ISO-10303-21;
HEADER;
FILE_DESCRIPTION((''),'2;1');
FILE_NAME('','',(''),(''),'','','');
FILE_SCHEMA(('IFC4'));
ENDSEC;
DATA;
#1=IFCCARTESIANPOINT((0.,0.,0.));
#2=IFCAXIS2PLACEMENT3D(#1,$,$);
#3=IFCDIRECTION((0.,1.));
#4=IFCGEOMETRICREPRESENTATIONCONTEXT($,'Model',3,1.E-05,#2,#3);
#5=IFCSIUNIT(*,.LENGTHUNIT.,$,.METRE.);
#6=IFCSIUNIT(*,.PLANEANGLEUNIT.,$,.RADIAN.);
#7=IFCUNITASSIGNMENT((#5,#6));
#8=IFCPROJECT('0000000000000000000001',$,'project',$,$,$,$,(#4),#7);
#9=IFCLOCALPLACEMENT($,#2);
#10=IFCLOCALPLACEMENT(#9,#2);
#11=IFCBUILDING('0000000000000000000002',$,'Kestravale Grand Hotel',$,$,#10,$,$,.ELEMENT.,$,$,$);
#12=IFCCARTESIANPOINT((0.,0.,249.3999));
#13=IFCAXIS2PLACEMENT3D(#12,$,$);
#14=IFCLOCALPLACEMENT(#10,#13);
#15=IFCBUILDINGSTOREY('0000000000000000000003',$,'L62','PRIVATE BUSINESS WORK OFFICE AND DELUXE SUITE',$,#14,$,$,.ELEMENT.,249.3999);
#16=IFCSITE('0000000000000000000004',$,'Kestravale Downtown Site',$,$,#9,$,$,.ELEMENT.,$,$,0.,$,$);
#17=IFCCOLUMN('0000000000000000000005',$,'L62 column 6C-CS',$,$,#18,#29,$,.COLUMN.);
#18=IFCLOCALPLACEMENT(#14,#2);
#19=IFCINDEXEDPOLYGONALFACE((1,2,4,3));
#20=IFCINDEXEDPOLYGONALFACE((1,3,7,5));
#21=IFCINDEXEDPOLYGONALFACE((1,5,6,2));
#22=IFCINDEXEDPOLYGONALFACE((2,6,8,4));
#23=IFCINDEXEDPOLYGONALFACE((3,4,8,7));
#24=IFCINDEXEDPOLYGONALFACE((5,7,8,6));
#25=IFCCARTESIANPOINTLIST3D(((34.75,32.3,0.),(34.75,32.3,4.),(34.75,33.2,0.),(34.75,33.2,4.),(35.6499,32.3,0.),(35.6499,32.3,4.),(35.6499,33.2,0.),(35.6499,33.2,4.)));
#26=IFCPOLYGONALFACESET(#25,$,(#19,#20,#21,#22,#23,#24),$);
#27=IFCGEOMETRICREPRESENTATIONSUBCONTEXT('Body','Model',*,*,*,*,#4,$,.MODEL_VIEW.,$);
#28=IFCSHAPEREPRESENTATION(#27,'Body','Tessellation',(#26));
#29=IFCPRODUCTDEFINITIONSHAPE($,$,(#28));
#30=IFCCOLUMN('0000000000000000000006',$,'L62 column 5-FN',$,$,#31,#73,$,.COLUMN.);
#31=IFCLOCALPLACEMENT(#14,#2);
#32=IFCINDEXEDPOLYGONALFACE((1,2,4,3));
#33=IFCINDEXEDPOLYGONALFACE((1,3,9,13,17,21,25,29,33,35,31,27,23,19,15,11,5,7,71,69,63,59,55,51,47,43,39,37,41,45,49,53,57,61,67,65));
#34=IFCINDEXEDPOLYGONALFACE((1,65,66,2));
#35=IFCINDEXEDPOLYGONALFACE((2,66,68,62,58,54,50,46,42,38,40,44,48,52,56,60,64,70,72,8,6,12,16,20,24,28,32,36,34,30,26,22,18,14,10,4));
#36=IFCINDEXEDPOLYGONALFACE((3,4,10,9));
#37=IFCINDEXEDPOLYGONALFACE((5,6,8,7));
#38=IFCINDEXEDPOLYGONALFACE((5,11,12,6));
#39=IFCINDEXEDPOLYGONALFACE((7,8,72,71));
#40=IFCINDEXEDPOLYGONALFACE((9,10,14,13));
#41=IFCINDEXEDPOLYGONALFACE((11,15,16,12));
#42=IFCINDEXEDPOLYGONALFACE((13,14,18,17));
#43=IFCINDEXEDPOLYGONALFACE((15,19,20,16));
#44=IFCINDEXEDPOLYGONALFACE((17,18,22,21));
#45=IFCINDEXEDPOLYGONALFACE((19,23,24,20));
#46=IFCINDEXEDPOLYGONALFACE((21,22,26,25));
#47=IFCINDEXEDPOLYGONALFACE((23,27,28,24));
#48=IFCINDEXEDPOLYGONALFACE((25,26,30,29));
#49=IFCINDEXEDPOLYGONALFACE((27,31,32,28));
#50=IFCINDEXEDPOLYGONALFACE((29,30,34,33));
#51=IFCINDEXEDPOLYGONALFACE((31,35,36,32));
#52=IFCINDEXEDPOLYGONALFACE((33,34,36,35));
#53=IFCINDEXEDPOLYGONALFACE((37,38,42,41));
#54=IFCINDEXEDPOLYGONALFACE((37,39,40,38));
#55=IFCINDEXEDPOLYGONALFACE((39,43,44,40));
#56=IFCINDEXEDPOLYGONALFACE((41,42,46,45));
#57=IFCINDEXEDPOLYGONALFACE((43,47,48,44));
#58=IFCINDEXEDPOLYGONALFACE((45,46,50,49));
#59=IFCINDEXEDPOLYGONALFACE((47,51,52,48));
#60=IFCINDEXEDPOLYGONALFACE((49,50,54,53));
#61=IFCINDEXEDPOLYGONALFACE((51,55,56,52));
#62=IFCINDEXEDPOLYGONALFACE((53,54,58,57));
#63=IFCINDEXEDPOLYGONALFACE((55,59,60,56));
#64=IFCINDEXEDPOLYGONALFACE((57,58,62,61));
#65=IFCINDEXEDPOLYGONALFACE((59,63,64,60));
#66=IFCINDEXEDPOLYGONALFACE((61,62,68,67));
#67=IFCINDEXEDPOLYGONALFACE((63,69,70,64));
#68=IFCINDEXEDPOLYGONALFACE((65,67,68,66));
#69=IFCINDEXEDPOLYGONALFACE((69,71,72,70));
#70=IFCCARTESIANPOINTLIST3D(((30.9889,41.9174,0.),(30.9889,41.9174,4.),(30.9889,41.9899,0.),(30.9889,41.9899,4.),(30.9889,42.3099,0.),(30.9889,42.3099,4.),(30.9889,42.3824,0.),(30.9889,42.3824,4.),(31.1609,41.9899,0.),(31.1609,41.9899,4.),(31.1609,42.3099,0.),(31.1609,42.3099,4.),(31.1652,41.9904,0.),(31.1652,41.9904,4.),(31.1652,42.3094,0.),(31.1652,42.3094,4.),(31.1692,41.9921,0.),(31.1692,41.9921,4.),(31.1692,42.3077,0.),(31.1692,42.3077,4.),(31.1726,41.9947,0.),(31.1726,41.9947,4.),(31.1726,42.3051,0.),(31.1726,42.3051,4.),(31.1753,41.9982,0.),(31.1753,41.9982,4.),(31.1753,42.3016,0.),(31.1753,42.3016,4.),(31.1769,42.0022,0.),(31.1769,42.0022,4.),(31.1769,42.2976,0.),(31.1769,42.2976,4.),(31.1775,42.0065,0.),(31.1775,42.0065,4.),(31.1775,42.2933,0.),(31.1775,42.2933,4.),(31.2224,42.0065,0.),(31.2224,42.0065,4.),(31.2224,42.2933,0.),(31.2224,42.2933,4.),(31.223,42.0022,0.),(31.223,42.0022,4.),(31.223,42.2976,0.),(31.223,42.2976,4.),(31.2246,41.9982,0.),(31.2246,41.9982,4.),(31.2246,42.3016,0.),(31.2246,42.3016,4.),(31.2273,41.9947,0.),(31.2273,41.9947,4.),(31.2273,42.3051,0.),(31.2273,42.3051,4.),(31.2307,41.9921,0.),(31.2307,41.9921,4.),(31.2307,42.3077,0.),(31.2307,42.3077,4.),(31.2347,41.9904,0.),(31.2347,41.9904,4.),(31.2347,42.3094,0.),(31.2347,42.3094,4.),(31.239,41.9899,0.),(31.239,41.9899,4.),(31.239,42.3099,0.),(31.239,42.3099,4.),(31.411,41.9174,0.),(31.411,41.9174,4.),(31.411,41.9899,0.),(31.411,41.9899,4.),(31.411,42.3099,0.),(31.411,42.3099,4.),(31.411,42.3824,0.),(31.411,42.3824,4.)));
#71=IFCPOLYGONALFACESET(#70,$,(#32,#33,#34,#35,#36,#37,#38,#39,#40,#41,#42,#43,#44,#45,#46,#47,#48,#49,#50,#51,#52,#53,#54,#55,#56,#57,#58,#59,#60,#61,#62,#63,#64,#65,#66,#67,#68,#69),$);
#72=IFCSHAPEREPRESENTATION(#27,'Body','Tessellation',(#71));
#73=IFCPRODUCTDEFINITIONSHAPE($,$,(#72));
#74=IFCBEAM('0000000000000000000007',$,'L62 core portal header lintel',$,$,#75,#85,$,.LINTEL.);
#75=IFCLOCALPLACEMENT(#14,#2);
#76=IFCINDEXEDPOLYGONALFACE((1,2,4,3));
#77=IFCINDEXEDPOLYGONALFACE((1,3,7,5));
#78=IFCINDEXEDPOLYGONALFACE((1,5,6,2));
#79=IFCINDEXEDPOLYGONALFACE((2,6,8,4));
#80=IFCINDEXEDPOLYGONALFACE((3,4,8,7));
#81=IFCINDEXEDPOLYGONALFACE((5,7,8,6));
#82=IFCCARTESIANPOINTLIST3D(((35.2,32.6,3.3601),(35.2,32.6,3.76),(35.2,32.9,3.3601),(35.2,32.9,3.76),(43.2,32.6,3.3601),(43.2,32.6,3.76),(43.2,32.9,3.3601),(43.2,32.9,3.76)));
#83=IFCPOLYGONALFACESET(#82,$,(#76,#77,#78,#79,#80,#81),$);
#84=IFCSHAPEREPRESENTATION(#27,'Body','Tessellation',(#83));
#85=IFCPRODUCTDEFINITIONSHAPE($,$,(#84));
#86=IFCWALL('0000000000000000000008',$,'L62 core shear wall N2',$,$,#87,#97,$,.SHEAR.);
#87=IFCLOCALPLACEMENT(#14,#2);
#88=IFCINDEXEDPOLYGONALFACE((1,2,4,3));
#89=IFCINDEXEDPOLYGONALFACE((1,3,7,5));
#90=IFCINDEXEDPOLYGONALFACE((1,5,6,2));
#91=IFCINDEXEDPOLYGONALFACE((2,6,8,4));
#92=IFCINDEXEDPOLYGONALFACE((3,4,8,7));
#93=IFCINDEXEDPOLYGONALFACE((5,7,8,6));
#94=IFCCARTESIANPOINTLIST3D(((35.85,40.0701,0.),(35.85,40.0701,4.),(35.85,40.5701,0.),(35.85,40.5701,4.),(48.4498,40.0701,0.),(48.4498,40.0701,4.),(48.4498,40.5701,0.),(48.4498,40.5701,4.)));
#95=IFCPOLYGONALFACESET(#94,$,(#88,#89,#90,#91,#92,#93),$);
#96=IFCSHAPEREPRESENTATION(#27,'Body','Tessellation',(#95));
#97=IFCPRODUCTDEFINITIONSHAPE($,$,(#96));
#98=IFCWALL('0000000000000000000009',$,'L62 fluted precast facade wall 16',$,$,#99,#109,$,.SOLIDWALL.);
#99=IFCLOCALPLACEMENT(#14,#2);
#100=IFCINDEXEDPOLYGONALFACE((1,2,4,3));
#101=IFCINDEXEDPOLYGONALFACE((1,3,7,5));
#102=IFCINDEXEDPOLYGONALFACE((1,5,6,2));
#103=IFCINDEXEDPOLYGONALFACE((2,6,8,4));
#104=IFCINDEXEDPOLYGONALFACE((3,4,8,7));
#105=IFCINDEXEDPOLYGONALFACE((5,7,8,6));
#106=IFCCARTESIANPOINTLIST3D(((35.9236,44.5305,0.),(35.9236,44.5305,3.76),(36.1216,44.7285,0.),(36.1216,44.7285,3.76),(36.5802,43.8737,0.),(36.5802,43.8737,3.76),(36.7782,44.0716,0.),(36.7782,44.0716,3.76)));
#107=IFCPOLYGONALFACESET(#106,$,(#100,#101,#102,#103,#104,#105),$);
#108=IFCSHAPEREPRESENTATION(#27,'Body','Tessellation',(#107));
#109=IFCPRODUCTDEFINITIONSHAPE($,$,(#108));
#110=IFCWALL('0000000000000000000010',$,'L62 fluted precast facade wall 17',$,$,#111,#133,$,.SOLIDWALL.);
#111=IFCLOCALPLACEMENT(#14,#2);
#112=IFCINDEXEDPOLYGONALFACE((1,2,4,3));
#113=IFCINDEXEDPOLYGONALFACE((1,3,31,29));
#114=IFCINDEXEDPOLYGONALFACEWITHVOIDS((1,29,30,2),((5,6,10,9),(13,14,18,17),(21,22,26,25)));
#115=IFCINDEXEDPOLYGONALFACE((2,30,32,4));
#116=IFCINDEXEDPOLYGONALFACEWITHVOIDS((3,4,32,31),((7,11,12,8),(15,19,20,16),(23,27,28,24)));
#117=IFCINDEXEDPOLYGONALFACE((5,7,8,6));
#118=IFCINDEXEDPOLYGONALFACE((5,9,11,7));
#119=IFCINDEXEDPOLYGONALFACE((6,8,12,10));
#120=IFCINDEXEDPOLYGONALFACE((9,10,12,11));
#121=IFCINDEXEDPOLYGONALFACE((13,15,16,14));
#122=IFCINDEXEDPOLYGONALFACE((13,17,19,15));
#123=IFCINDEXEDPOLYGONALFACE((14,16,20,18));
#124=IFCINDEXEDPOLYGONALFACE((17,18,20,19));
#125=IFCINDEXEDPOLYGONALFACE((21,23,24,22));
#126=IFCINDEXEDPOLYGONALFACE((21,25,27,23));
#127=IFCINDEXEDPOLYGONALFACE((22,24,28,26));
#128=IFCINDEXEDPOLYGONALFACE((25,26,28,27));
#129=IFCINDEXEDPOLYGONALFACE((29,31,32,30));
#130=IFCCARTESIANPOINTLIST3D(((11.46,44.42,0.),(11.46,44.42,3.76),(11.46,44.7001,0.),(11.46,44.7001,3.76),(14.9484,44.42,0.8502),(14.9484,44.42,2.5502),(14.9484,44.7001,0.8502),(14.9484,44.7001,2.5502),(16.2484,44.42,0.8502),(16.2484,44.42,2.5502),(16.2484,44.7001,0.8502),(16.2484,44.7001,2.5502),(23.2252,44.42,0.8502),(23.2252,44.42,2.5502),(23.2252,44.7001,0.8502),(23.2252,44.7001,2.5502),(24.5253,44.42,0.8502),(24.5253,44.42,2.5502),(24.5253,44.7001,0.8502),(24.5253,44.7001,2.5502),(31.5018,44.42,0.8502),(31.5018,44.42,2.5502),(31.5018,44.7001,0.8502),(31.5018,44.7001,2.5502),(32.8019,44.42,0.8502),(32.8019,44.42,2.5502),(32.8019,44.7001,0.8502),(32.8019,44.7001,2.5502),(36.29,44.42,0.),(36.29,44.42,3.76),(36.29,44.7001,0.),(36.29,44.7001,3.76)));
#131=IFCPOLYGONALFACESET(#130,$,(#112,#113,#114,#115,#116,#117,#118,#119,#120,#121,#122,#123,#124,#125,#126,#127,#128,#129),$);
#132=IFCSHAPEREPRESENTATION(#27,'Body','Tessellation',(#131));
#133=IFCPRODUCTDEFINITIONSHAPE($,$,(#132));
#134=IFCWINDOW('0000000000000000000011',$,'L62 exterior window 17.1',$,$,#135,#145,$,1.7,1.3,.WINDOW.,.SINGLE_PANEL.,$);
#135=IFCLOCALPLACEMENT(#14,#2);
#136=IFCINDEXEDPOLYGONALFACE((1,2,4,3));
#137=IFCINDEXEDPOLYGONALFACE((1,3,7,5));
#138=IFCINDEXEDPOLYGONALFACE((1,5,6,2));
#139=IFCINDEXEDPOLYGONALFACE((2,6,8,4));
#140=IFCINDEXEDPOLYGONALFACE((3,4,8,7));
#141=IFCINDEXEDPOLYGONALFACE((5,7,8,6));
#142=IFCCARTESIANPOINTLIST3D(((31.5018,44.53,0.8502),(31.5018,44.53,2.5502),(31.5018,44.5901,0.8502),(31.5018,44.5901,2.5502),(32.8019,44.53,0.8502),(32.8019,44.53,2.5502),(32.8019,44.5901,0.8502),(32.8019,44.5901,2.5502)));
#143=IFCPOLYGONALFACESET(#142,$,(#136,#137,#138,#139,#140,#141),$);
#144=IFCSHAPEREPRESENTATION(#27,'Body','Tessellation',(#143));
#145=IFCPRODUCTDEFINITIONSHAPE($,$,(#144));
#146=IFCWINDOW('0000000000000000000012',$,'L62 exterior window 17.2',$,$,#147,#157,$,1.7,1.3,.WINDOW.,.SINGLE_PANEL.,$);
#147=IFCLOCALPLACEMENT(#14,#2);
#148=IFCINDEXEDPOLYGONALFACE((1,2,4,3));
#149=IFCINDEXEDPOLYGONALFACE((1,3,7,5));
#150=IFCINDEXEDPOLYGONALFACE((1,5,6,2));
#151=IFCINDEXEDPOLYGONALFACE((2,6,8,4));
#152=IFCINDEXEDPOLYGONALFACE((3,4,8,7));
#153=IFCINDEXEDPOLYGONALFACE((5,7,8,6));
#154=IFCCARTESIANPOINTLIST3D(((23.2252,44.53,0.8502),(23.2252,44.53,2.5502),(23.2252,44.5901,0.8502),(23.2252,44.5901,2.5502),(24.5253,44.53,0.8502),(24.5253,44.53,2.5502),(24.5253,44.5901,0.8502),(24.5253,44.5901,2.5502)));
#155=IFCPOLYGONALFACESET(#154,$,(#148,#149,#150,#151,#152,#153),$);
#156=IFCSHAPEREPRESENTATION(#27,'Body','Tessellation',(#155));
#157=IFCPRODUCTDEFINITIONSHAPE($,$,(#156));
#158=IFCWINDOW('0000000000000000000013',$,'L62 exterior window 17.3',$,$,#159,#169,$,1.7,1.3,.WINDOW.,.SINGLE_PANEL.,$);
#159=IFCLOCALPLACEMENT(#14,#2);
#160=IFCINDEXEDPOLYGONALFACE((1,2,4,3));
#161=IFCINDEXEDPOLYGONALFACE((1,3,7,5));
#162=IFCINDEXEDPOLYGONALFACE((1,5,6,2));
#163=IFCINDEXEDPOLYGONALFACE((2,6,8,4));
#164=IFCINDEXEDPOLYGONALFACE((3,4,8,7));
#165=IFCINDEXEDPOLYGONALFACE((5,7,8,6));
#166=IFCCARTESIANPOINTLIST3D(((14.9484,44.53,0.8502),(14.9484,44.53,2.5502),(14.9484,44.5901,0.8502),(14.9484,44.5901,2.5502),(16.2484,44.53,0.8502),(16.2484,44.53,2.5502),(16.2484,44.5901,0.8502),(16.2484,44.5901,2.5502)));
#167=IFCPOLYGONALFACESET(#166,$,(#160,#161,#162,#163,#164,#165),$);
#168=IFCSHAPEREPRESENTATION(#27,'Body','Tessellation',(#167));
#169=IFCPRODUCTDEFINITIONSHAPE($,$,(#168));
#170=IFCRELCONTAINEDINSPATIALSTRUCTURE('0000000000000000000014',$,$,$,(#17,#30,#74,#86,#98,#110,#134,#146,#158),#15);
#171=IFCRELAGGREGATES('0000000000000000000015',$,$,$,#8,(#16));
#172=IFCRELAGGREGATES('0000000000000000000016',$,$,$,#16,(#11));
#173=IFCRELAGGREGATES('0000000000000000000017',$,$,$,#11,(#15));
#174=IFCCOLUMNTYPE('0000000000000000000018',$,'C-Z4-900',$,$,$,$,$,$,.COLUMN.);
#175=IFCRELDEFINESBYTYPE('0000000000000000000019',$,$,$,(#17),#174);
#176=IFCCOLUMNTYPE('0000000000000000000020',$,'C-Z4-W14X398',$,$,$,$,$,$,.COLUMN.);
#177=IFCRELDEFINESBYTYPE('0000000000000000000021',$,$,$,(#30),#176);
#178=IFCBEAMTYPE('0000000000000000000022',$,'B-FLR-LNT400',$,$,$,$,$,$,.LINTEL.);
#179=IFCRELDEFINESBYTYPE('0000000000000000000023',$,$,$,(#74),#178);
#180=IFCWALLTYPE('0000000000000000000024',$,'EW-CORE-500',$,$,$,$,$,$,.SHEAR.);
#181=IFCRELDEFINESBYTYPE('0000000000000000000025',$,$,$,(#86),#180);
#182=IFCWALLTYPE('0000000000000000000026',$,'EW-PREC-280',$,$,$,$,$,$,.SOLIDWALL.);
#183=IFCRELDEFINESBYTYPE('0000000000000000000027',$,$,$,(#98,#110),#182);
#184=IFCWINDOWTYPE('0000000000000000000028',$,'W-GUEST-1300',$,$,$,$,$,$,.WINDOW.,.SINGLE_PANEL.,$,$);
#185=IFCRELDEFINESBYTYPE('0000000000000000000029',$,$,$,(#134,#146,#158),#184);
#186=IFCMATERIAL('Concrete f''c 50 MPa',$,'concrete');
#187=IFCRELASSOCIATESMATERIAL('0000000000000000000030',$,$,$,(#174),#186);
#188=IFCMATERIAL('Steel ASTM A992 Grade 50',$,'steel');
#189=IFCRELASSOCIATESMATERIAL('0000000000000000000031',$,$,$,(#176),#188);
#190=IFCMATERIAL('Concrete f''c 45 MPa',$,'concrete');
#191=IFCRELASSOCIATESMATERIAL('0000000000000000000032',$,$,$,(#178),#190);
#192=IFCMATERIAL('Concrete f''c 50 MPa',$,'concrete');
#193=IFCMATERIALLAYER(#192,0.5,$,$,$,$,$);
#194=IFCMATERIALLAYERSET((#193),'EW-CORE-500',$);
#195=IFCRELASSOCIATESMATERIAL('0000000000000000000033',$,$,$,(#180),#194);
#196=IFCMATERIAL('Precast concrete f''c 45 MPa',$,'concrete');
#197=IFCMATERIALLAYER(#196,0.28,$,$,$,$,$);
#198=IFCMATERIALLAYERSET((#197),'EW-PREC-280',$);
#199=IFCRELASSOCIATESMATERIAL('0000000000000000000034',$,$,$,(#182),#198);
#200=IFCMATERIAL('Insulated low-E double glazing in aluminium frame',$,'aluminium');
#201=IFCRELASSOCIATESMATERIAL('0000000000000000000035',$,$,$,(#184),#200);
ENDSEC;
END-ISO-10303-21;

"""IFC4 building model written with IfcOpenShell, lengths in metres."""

from ifc_helpers import new_model, si_unit, direction, frame, frame_2d, origin, origin_2d, place, context, subcontext, project, spatial, rectangle, i_section, extrude, material, layer, layer_set, material_profile, profile_set, type_object, element, fill, save


model = new_model("IFC4")

# Units and contexts
model_context = context("Model", 3, precision=1e-05, world=origin(), true_north=direction((0.0, 1.0)))
body_context = subcontext(model_context, "Body", "Model", "MODEL_VIEW")
ifc_project = project(units=[si_unit("LENGTHUNIT", "METRE"), si_unit("PLANEANGLEUNIT", "RADIAN")], contexts=[model_context])

# Site, building, storey
site_placement = place(None, origin())
site = spatial("IfcSite", under=ifc_project, at=site_placement, Name="Kestravale Downtown Site", CompositionType="ELEMENT", RefElevation=0.0)
building_placement = place(site_placement, origin())
building = spatial("IfcBuilding", under=site, at=building_placement, Name="Kestravale Grand Hotel", CompositionType="ELEMENT")
storey_placement = place(building_placement, frame((0.0, 0.0, 249.3999)))
storey = spatial("IfcBuildingStorey", under=building, at=storey_placement, Name="L62", Description="PRIVATE BUSINESS WORK OFFICE AND DELUXE SUITE", CompositionType="ELEMENT", Elevation=249.3999)

# Columns
ifc_material_1 = material(Name="Concrete f'c 50 MPa", Category="concrete")
ifc_material_profile_1 = material_profile(ifc_material_1, rectangle(XDim=0.8999, YDim=0.8999, at=origin_2d()))
ifc_profile_set_1 = profile_set([ifc_material_profile_1], Name="Concrete f'c 50 MPa")
column_type_1 = type_object("IfcColumnType", Name="C-Z4-900", PredefinedType="COLUMN", material=ifc_profile_set_1)
column_1_placement = place(storey_placement, frame((35.2, 32.75, 0.0), z_axis=(0.0, 0.0, 1.0), x_axis=(1.0, 0.0, 0.0)))
element("IfcColumn", 1, at=column_1_placement, inside=storey, type_object=column_type_1, Name="L62 column 6C-CS", PredefinedType="COLUMN", context=body_context, shape_type="SweptSolid", body=[
    extrude(rectangle(XDim=0.8999, YDim=0.8999, at=origin_2d()), origin(), (0.0, 0.0, 1.0), 4.0),
])
ifc_material_2 = material(Name="Steel ASTM A992 Grade 50", Category="steel")
ifc_material_profile_2 = material_profile(ifc_material_2, i_section(OverallWidth=0.4221, OverallDepth=0.4651, WebThickness=0.0449, FlangeThickness=0.0725, FilletRadius=0.0166, at=origin_2d()))
ifc_profile_set_2 = profile_set([ifc_material_profile_2], Name="Steel ASTM A992 Grade 50")
column_type_2 = type_object("IfcColumnType", Name="C-Z4-W14X398", PredefinedType="COLUMN", material=ifc_profile_set_2)
column_2_placement = place(storey_placement, frame((31.2, 42.1499, 0.0), z_axis=(0.0, 0.0, 1.0), x_axis=(1.0, 0.0, 0.0)))
element("IfcColumn", 2, at=column_2_placement, inside=storey, type_object=column_type_2, Name="L62 column 5-FN", PredefinedType="COLUMN", context=body_context, shape_type="SweptSolid", body=[
    extrude(i_section(OverallWidth=0.4221, OverallDepth=0.4651, WebThickness=0.0449, FlangeThickness=0.0725, FilletRadius=0.0166, at=origin_2d()), origin(), (0.0, 0.0, 1.0), 4.0),
])

# Beam
ifc_material_3 = material(Name="Concrete f'c 45 MPa", Category="concrete")
ifc_material_profile_3 = material_profile(ifc_material_3, rectangle(XDim=0.3, YDim=0.3999, at=origin_2d()))
ifc_profile_set_3 = profile_set([ifc_material_profile_3], Name="Concrete f'c 45 MPa")
beam_type = type_object("IfcBeamType", Name="B-FLR-LNT400", PredefinedType="LINTEL", material=ifc_profile_set_3)
beam_placement = place(storey_placement, frame((35.2, 32.75, 3.5601), z_axis=(1.0, 0.0, 0.0), x_axis=(0.0, 1.0, 0.0)))
element("IfcBeam", 3, at=beam_placement, inside=storey, type_object=beam_type, Name="L62 core portal header lintel", PredefinedType="LINTEL", context=body_context, shape_type="SweptSolid", body=[
    extrude(rectangle(XDim=0.3, YDim=0.3999, at=origin_2d()), origin(), (0.0, 0.0, 1.0), 8.0),
])

# Wall
ifc_material_4 = material(Name="Concrete f'c 50 MPa", Category="concrete")
ifc_layer_1 = layer(ifc_material_4, 0.5)
ifc_layer_set_1 = layer_set([ifc_layer_1], Name="EW-CORE-500")
wall_type_1 = type_object("IfcWallType", Name="EW-CORE-500", PredefinedType="SHEAR", material=ifc_layer_set_1)
wall_1_placement = place(storey_placement, frame((35.8501, 40.3201, 0.0), z_axis=(0.0, 0.0, 1.0), x_axis=(1.0, 0.0, 0.0)))
element("IfcWall", 4, at=wall_1_placement, inside=storey, type_object=wall_type_1, Name="L62 core shear wall N2", PredefinedType="SHEAR", context=body_context, shape_type="SweptSolid", body=[
    extrude(rectangle(XDim=12.5999, YDim=0.5, at=frame_2d((6.2998, 0.0))), origin(), (0.0, 0.0, 1.0), 4.0),
])

# Wall
ifc_material_5 = material(Name="Precast concrete f'c 45 MPa", Category="concrete")
ifc_layer_2 = layer(ifc_material_5, 0.28)
ifc_layer_set_2 = layer_set([ifc_layer_2], Name="EW-PREC-280")
wall_type_2 = type_object("IfcWallType", Name="EW-PREC-280", PredefinedType="SOLIDWALL", material=ifc_layer_set_2)
wall_2_placement = place(storey_placement, frame((36.6792, 43.9727, 0.0), z_axis=(0.0, 0.0, 1.0), x_axis=(-0.706975, 0.707238, 0.0)))
element("IfcWall", 5, at=wall_2_placement, inside=storey, type_object=wall_type_2, Name="L62 fluted precast facade wall 16", PredefinedType="SOLIDWALL", context=body_context, shape_type="SweptSolid", body=[
    extrude(rectangle(XDim=0.9287, YDim=0.28, at=frame_2d((0.4644, 0.0))), origin(), (0.0, 0.0, 1.0), 3.76),
])

# Wall, openings, windows
wall_3_placement = place(storey_placement, frame((36.29, 44.5601, 0.0), z_axis=(0.0, 0.0, 1.0), x_axis=(-1.0, 0.0, 0.0)))
wall_3 = element("IfcWall", 6, at=wall_3_placement, inside=storey, type_object=wall_type_2, Name="L62 fluted precast facade wall 17", PredefinedType="SOLIDWALL", context=body_context, shape_type="SweptSolid", body=[
    extrude(rectangle(XDim=24.8301, YDim=0.28, at=frame_2d((12.415, 0.0))), origin(), (0.0, 0.0, 1.0), 3.76),
])
opening_1_placement = place(wall_3_placement, frame((3.4883, 0.0, 0.8501)))
opening_1 = element("IfcOpeningElement", 7, at=opening_1_placement, cuts=wall_3, PredefinedType="OPENING", context=body_context, shape_type="SweptSolid", body=[
    extrude(rectangle(XDim=1.3, YDim=1.7, at=frame_2d((0.6499, 0.8501))), frame((0.0, 0.1499, 0.0), z_axis=(0.0, -1.0, 0.0), x_axis=(1.0, 0.0, 0.0)), (0.0, 0.0, 1.0), 0.3),
])
opening_2_placement = place(wall_3_placement, frame((11.7649, 0.0, 0.8501)))
opening_2 = element("IfcOpeningElement", 8, at=opening_2_placement, cuts=wall_3, PredefinedType="OPENING", context=body_context, shape_type="SweptSolid", body=[
    extrude(rectangle(XDim=1.3, YDim=1.7, at=frame_2d((0.6499, 0.8501))), frame((0.0, 0.1499, 0.0), z_axis=(0.0, -1.0, 0.0), x_axis=(1.0, 0.0, 0.0)), (0.0, 0.0, 1.0), 0.3),
])
opening_3_placement = place(wall_3_placement, frame((20.0417, 0.0, 0.8501)))
opening_3 = element("IfcOpeningElement", 9, at=opening_3_placement, cuts=wall_3, PredefinedType="OPENING", context=body_context, shape_type="SweptSolid", body=[
    extrude(rectangle(XDim=1.3, YDim=1.7, at=frame_2d((0.6499, 0.8501))), frame((0.0, 0.1499, 0.0), z_axis=(0.0, -1.0, 0.0), x_axis=(1.0, 0.0, 0.0)), (0.0, 0.0, 1.0), 0.3),
])
ifc_material_6 = material(Name="Insulated low-E double glazing in aluminium frame", Category="aluminium")
window_type = type_object("IfcWindowType", Name="W-GUEST-1300", PartitioningType="SINGLE_PANEL", PredefinedType="WINDOW", material=ifc_material_6)
window_1_placement = place(opening_1_placement, origin())
window_1 = element("IfcWindow", 10, at=window_1_placement, inside=storey, type_object=window_type, Name="L62 exterior window 17.1", OverallHeight=1.7, OverallWidth=1.3, PartitioningType="SINGLE_PANEL", PredefinedType="WINDOW", context=body_context, shape_type="SweptSolid", body=[
    extrude(rectangle(XDim=1.3, YDim=1.7, at=frame_2d((0.6499, 0.8501))), frame((0.0, 0.03, 0.0), z_axis=(0.0, -1.0, 0.0), x_axis=(1.0, 0.0, 0.0)), (0.0, 0.0, 1.0), 0.0601),
])
fill(opening_1, window_1)
window_2_placement = place(opening_2_placement, origin())
window_2 = element("IfcWindow", 11, at=window_2_placement, inside=storey, type_object=window_type, Name="L62 exterior window 17.2", OverallHeight=1.7, OverallWidth=1.3, PartitioningType="SINGLE_PANEL", PredefinedType="WINDOW", context=body_context, shape_type="SweptSolid", body=[
    extrude(rectangle(XDim=1.3, YDim=1.7, at=frame_2d((0.6499, 0.8501))), frame((0.0, 0.03, 0.0), z_axis=(0.0, -1.0, 0.0), x_axis=(1.0, 0.0, 0.0)), (0.0, 0.0, 1.0), 0.0601),
])
fill(opening_2, window_2)
window_3_placement = place(opening_3_placement, origin())
window_3 = element("IfcWindow", 12, at=window_3_placement, inside=storey, type_object=window_type, Name="L62 exterior window 17.3", OverallHeight=1.7, OverallWidth=1.3, PartitioningType="SINGLE_PANEL", PredefinedType="WINDOW", context=body_context, shape_type="SweptSolid", body=[
    extrude(rectangle(XDim=1.3, YDim=1.7, at=frame_2d((0.6499, 0.8501))), frame((0.0, 0.03, 0.0), z_axis=(0.0, -1.0, 0.0), x_axis=(1.0, 0.0, 0.0)), (0.0, 0.0, 1.0), 0.0601),
])
fill(opening_3, window_3)

save(model, "model.ifc")
